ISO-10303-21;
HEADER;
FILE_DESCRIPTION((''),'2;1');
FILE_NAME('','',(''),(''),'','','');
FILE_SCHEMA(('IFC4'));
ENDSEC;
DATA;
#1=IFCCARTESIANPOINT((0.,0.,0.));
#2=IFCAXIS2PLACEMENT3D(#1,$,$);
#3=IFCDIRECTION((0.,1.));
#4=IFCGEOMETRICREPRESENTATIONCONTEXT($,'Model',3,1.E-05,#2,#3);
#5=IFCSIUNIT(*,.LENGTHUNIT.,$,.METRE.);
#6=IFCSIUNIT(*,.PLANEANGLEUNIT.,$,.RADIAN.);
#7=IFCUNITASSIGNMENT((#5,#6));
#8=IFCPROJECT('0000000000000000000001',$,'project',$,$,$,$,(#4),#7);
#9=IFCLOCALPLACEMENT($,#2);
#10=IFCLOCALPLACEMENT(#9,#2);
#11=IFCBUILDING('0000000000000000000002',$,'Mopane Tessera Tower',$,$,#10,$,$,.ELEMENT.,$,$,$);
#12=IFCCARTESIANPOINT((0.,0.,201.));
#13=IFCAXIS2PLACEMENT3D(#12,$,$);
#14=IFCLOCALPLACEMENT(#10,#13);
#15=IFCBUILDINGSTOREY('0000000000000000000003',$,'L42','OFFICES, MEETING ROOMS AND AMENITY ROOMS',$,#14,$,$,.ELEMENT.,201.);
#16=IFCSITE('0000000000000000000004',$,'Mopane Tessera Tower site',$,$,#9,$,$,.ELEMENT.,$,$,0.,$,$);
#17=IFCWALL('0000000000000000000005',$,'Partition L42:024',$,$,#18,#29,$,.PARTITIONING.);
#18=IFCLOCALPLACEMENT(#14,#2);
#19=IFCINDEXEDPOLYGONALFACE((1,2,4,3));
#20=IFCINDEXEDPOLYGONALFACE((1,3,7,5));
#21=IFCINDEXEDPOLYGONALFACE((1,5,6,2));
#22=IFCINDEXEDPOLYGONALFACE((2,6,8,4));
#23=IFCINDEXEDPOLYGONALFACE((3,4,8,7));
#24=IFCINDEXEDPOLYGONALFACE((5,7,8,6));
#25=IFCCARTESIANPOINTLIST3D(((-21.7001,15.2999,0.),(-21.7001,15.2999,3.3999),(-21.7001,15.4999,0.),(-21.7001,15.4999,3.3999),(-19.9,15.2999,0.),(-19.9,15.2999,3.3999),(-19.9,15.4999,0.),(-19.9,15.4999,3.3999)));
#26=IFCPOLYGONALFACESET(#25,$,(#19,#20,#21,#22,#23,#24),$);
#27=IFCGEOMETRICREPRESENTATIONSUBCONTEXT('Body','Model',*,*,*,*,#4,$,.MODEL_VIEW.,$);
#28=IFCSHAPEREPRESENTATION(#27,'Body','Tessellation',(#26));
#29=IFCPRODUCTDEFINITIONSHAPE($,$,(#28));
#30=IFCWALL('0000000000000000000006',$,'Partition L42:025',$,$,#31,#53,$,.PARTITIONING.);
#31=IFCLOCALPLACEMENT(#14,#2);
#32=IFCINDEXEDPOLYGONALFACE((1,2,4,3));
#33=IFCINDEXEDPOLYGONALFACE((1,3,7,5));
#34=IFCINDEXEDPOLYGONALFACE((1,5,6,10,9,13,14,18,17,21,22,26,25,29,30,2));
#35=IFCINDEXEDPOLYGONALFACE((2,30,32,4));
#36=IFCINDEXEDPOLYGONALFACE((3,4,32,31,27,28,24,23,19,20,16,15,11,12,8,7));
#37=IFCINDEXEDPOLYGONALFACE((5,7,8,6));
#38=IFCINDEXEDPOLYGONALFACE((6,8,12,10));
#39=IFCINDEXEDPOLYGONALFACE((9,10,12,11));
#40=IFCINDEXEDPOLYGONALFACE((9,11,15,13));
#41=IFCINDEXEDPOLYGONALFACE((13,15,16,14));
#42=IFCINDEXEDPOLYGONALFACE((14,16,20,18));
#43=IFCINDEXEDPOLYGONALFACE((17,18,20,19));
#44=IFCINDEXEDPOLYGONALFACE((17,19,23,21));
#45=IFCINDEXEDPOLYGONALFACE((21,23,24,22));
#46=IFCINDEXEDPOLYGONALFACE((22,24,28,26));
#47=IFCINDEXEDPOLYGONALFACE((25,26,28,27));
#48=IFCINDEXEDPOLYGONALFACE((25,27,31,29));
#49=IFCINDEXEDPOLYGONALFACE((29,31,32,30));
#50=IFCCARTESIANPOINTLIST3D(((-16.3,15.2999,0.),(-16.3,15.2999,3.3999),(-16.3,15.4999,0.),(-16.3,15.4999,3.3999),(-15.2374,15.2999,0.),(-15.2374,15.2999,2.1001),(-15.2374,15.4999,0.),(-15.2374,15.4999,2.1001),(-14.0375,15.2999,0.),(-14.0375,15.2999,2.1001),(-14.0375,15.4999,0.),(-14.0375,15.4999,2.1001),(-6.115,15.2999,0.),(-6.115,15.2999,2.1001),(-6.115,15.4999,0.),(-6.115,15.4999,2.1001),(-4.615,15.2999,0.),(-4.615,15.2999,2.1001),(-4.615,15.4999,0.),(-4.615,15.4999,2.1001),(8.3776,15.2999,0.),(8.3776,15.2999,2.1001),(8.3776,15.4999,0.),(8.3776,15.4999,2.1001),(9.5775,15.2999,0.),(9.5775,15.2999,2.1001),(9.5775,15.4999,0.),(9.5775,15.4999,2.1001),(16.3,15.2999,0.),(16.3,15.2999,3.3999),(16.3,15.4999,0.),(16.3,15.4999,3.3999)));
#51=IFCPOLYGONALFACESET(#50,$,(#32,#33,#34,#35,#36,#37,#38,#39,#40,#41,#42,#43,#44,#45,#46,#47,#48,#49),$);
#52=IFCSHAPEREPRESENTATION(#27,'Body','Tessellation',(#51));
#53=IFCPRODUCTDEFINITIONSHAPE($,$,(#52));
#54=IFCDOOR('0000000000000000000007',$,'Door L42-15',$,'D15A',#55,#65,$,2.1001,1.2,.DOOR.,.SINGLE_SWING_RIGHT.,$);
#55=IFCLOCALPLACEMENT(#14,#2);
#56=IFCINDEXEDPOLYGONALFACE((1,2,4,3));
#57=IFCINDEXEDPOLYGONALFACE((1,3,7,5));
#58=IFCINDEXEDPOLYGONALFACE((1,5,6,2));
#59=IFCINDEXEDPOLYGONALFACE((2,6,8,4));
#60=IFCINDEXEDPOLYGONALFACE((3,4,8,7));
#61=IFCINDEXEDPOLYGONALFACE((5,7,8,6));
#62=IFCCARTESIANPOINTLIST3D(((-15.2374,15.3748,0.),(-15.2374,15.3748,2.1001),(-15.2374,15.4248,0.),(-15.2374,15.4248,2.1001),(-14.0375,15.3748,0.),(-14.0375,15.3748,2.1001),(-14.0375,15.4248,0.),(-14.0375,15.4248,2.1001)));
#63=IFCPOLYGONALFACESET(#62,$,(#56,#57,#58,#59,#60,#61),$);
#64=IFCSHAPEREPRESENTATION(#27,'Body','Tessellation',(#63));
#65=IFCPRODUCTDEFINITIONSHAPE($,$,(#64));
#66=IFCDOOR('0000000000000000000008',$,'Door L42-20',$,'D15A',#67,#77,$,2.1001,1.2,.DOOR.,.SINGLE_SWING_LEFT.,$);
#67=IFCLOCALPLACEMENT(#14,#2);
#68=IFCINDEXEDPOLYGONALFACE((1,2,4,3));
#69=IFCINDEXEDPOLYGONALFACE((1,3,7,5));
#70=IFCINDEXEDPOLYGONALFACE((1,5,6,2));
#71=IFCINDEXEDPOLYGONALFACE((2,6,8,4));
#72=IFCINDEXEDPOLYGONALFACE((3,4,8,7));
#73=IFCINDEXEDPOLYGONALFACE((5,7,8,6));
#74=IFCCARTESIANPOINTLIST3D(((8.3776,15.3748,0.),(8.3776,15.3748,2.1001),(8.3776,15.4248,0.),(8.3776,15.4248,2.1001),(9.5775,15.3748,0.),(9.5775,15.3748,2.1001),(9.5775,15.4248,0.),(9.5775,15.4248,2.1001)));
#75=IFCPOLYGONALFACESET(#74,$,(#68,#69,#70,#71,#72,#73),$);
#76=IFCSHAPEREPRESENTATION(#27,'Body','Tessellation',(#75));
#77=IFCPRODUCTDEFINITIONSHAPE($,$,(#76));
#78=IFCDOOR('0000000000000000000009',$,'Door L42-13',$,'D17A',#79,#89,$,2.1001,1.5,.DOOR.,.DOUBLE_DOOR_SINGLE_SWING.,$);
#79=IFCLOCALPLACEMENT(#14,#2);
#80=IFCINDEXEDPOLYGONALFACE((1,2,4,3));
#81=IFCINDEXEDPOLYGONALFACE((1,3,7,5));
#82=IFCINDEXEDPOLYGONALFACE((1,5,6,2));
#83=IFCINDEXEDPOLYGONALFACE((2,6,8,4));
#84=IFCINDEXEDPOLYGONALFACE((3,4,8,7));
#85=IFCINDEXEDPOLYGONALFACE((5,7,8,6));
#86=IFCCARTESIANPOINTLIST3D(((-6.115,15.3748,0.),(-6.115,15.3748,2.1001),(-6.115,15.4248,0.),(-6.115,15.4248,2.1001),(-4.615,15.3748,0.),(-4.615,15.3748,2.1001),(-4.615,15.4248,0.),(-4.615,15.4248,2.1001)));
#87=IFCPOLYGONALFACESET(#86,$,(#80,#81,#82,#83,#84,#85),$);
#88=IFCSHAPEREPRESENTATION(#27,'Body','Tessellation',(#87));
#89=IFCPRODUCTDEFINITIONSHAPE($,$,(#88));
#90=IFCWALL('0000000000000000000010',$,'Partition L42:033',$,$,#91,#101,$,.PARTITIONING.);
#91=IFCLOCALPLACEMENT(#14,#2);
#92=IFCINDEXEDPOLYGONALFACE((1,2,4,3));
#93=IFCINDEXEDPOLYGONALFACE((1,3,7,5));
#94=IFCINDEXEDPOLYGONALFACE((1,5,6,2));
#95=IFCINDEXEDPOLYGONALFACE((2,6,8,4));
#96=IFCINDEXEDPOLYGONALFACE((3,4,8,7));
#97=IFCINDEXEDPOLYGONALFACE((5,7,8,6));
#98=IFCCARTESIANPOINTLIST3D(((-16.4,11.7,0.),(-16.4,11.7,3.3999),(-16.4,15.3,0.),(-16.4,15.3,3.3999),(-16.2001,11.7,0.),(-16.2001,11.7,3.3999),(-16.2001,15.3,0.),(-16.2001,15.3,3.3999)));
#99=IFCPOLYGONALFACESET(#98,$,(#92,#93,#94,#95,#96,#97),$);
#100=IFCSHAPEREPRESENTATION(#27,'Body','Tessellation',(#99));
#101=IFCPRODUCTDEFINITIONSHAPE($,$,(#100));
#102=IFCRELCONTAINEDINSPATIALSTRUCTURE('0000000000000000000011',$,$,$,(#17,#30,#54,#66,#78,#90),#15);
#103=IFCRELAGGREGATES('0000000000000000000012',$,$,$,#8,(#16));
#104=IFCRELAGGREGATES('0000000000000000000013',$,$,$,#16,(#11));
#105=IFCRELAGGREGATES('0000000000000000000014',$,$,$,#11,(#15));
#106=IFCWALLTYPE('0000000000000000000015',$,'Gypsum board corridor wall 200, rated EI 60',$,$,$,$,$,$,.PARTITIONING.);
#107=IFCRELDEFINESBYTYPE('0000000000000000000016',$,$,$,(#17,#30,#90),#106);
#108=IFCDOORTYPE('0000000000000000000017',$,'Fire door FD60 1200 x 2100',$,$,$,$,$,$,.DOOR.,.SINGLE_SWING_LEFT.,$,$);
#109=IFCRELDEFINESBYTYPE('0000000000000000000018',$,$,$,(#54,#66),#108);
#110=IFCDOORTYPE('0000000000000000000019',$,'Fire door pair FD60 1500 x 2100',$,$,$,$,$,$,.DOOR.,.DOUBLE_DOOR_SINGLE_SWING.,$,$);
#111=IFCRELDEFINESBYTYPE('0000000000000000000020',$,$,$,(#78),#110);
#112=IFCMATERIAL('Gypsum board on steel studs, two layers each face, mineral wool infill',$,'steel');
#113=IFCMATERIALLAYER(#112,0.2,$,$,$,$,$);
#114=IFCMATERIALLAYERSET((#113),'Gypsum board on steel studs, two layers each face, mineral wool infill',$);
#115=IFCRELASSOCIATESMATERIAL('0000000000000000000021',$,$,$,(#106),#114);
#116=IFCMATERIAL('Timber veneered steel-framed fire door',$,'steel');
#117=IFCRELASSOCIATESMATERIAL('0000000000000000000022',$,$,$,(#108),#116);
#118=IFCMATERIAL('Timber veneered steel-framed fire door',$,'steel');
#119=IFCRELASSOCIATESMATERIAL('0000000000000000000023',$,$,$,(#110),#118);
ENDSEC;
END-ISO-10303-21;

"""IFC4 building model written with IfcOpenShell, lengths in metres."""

from ifc_helpers import new_model, si_unit, direction, frame, frame_2d, origin, place, context, subcontext, project, spatial, rectangle, extrude, material, layer, layer_set, type_object, element, fill, save


model = new_model("IFC4")

# Units and contexts
model_context = context("Model", 3, precision=1e-05, world=origin(), true_north=direction((0.0, 1.0)))
body_context = subcontext(model_context, "Body", "Model", "MODEL_VIEW")
ifc_project = project(units=[si_unit("LENGTHUNIT", "METRE"), si_unit("PLANEANGLEUNIT", "RADIAN")], contexts=[model_context])

# Site, building, storey
site_placement = place(None, origin())
site = spatial("IfcSite", under=ifc_project, at=site_placement, Name="Mopane Tessera Tower site", CompositionType="ELEMENT", RefElevation=0.0)
building_placement = place(site_placement, origin())
building = spatial("IfcBuilding", under=site, at=building_placement, Name="Mopane Tessera Tower", CompositionType="ELEMENT")
storey_placement = place(building_placement, frame((0.0, 0.0, 201.0)))
storey = spatial("IfcBuildingStorey", under=building, at=storey_placement, Name="L42", Description="OFFICES, MEETING ROOMS AND AMENITY ROOMS", CompositionType="ELEMENT", Elevation=201.0)

# Wall
ifc_material_1 = material(Name="Gypsum board on steel studs, two layers each face, mineral wool infill", Category="steel")
ifc_layer_1 = layer(ifc_material_1, 0.2)
ifc_layer_set_1 = layer_set([ifc_layer_1], Name="Gypsum board on steel studs, two layers each face, mineral wool infill")
wall_type_1 = type_object("IfcWallType", Name="Gypsum board corridor wall 200, rated EI 60", PredefinedType="PARTITIONING", material=ifc_layer_set_1)
wall_1_placement = place(storey_placement, frame((-21.7, 15.3999, 0.0), z_axis=(0.0, 0.0, 1.0), x_axis=(1.0, 0.0, 0.0)))
element("IfcWall", 1, at=wall_1_placement, inside=storey, type_object=wall_type_1, Name="Partition L42:024", PredefinedType="PARTITIONING", context=body_context, shape_type="SweptSolid", body=[
    extrude(rectangle(XDim=1.8, YDim=0.2, at=frame_2d((0.8999, 0.0))), origin(), (0.0, 0.0, 1.0), 3.3999),
])

# Wall, openings, doors
wall_2_placement = place(storey_placement, frame((-16.3, 15.3999, 0.0), z_axis=(0.0, 0.0, 1.0), x_axis=(1.0, 0.0, 0.0)))
wall_2 = element("IfcWall", 2, at=wall_2_placement, inside=storey, type_object=wall_type_1, Name="Partition L42:025", PredefinedType="PARTITIONING", context=body_context, shape_type="SweptSolid", body=[
    extrude(rectangle(XDim=32.6001, YDim=0.2, at=frame_2d((16.3, 0.0))), origin(), (0.0, 0.0, 1.0), 3.3999),
])
opening_1_placement = place(wall_2_placement, frame((10.1851, 0.0, 0.0)))
opening_1 = element("IfcOpeningElement", 3, at=opening_1_placement, cuts=wall_2, PredefinedType="OPENING", context=body_context, shape_type="SweptSolid", body=[
    extrude(rectangle(XDim=1.5, YDim=2.1001, at=frame_2d((0.75, 1.05))), frame((0.0, 0.1121, 0.0), z_axis=(0.0, -1.0, 0.0), x_axis=(1.0, 0.0, 0.0)), (0.0, 0.0, 1.0), 0.2239),
])
opening_2_placement = place(wall_2_placement, frame((1.0625, 0.0, 0.0)))
opening_2 = element("IfcOpeningElement", 4, at=opening_2_placement, cuts=wall_2, PredefinedType="OPENING", context=body_context, shape_type="SweptSolid", body=[
    extrude(rectangle(XDim=1.2, YDim=2.1001, at=frame_2d((0.6001, 1.05))), frame((0.0, 0.1121, 0.0), z_axis=(0.0, -1.0, 0.0), x_axis=(1.0, 0.0, 0.0)), (0.0, 0.0, 1.0), 0.2239),
])
opening_3_placement = place(wall_2_placement, frame((24.6775, 0.0, 0.0)))
opening_3 = element("IfcOpeningElement", 5, at=opening_3_placement, cuts=wall_2, PredefinedType="OPENING", context=body_context, shape_type="SweptSolid", body=[
    extrude(rectangle(XDim=1.2, YDim=2.1001, at=frame_2d((0.6001, 1.05))), frame((0.0, 0.1121, 0.0), z_axis=(0.0, -1.0, 0.0), x_axis=(1.0, 0.0, 0.0)), (0.0, 0.0, 1.0), 0.2239),
])
ifc_material_2 = material(Name="Timber veneered steel-framed fire door", Category="steel")
door_type_1 = type_object("IfcDoorType", Name="Fire door FD60 1200 x 2100", OperationType="SINGLE_SWING_LEFT", PredefinedType="DOOR", material=ifc_material_2)
door_1_placement = place(opening_2_placement, origin())
door_1 = element("IfcDoor", 6, at=door_1_placement, inside=storey, type_object=door_type_1, Name="Door L42-15", ObjectType="D15A", OperationType="SINGLE_SWING_RIGHT", OverallHeight=2.1001, OverallWidth=1.2, PredefinedType="DOOR", context=body_context, shape_type="SweptSolid", body=[
    extrude(rectangle(XDim=1.2, YDim=2.1001, at=frame_2d((0.6001, 1.05))), frame((0.0, 0.0249, 0.0), z_axis=(0.0, -1.0, 0.0), x_axis=(1.0, 0.0, 0.0)), (0.0, 0.0, 1.0), 0.05),
])
fill(opening_2, door_1)
door_2_placement = place(opening_3_placement, origin())
door_2 = element("IfcDoor", 7, at=door_2_placement, inside=storey, type_object=door_type_1, Name="Door L42-20", ObjectType="D15A", OperationType="SINGLE_SWING_LEFT", OverallHeight=2.1001, OverallWidth=1.2, PredefinedType="DOOR", context=body_context, shape_type="SweptSolid", body=[
    extrude(rectangle(XDim=1.2, YDim=2.1001, at=frame_2d((0.6001, 1.05))), frame((0.0, 0.0249, 0.0), z_axis=(0.0, -1.0, 0.0), x_axis=(1.0, 0.0, 0.0)), (0.0, 0.0, 1.0), 0.05),
])
fill(opening_3, door_2)
ifc_material_3 = material(Name="Timber veneered steel-framed fire door", Category="steel")
door_type_2 = type_object("IfcDoorType", Name="Fire door pair FD60 1500 x 2100", OperationType="DOUBLE_DOOR_SINGLE_SWING", PredefinedType="DOOR", material=ifc_material_3)
door_3_placement = place(opening_1_placement, origin())
door_3 = element("IfcDoor", 8, at=door_3_placement, inside=storey, type_object=door_type_2, Name="Door L42-13", ObjectType="D17A", OperationType="DOUBLE_DOOR_SINGLE_SWING", OverallHeight=2.1001, OverallWidth=1.5, PredefinedType="DOOR", context=body_context, shape_type="SweptSolid", body=[
    extrude(rectangle(XDim=1.5, YDim=2.1001, at=frame_2d((0.75, 1.05))), frame((0.0, 0.0249, 0.0), z_axis=(0.0, -1.0, 0.0), x_axis=(1.0, 0.0, 0.0)), (0.0, 0.0, 1.0), 0.05),
])
fill(opening_1, door_3)

# Wall
wall_3_placement = place(storey_placement, frame((-16.3, 11.7, 0.0), z_axis=(0.0, 0.0, 1.0), x_axis=(0.0, 1.0, 0.0)))
element("IfcWall", 9, at=wall_3_placement, inside=storey, type_object=wall_type_1, Name="Partition L42:033", PredefinedType="PARTITIONING", context=body_context, shape_type="SweptSolid", body=[
    extrude(rectangle(XDim=3.6001, YDim=0.2, at=frame_2d((1.8, 0.0))), origin(), (0.0, 0.0, 1.0), 3.3999),
])

save(model, "model.ifc")
